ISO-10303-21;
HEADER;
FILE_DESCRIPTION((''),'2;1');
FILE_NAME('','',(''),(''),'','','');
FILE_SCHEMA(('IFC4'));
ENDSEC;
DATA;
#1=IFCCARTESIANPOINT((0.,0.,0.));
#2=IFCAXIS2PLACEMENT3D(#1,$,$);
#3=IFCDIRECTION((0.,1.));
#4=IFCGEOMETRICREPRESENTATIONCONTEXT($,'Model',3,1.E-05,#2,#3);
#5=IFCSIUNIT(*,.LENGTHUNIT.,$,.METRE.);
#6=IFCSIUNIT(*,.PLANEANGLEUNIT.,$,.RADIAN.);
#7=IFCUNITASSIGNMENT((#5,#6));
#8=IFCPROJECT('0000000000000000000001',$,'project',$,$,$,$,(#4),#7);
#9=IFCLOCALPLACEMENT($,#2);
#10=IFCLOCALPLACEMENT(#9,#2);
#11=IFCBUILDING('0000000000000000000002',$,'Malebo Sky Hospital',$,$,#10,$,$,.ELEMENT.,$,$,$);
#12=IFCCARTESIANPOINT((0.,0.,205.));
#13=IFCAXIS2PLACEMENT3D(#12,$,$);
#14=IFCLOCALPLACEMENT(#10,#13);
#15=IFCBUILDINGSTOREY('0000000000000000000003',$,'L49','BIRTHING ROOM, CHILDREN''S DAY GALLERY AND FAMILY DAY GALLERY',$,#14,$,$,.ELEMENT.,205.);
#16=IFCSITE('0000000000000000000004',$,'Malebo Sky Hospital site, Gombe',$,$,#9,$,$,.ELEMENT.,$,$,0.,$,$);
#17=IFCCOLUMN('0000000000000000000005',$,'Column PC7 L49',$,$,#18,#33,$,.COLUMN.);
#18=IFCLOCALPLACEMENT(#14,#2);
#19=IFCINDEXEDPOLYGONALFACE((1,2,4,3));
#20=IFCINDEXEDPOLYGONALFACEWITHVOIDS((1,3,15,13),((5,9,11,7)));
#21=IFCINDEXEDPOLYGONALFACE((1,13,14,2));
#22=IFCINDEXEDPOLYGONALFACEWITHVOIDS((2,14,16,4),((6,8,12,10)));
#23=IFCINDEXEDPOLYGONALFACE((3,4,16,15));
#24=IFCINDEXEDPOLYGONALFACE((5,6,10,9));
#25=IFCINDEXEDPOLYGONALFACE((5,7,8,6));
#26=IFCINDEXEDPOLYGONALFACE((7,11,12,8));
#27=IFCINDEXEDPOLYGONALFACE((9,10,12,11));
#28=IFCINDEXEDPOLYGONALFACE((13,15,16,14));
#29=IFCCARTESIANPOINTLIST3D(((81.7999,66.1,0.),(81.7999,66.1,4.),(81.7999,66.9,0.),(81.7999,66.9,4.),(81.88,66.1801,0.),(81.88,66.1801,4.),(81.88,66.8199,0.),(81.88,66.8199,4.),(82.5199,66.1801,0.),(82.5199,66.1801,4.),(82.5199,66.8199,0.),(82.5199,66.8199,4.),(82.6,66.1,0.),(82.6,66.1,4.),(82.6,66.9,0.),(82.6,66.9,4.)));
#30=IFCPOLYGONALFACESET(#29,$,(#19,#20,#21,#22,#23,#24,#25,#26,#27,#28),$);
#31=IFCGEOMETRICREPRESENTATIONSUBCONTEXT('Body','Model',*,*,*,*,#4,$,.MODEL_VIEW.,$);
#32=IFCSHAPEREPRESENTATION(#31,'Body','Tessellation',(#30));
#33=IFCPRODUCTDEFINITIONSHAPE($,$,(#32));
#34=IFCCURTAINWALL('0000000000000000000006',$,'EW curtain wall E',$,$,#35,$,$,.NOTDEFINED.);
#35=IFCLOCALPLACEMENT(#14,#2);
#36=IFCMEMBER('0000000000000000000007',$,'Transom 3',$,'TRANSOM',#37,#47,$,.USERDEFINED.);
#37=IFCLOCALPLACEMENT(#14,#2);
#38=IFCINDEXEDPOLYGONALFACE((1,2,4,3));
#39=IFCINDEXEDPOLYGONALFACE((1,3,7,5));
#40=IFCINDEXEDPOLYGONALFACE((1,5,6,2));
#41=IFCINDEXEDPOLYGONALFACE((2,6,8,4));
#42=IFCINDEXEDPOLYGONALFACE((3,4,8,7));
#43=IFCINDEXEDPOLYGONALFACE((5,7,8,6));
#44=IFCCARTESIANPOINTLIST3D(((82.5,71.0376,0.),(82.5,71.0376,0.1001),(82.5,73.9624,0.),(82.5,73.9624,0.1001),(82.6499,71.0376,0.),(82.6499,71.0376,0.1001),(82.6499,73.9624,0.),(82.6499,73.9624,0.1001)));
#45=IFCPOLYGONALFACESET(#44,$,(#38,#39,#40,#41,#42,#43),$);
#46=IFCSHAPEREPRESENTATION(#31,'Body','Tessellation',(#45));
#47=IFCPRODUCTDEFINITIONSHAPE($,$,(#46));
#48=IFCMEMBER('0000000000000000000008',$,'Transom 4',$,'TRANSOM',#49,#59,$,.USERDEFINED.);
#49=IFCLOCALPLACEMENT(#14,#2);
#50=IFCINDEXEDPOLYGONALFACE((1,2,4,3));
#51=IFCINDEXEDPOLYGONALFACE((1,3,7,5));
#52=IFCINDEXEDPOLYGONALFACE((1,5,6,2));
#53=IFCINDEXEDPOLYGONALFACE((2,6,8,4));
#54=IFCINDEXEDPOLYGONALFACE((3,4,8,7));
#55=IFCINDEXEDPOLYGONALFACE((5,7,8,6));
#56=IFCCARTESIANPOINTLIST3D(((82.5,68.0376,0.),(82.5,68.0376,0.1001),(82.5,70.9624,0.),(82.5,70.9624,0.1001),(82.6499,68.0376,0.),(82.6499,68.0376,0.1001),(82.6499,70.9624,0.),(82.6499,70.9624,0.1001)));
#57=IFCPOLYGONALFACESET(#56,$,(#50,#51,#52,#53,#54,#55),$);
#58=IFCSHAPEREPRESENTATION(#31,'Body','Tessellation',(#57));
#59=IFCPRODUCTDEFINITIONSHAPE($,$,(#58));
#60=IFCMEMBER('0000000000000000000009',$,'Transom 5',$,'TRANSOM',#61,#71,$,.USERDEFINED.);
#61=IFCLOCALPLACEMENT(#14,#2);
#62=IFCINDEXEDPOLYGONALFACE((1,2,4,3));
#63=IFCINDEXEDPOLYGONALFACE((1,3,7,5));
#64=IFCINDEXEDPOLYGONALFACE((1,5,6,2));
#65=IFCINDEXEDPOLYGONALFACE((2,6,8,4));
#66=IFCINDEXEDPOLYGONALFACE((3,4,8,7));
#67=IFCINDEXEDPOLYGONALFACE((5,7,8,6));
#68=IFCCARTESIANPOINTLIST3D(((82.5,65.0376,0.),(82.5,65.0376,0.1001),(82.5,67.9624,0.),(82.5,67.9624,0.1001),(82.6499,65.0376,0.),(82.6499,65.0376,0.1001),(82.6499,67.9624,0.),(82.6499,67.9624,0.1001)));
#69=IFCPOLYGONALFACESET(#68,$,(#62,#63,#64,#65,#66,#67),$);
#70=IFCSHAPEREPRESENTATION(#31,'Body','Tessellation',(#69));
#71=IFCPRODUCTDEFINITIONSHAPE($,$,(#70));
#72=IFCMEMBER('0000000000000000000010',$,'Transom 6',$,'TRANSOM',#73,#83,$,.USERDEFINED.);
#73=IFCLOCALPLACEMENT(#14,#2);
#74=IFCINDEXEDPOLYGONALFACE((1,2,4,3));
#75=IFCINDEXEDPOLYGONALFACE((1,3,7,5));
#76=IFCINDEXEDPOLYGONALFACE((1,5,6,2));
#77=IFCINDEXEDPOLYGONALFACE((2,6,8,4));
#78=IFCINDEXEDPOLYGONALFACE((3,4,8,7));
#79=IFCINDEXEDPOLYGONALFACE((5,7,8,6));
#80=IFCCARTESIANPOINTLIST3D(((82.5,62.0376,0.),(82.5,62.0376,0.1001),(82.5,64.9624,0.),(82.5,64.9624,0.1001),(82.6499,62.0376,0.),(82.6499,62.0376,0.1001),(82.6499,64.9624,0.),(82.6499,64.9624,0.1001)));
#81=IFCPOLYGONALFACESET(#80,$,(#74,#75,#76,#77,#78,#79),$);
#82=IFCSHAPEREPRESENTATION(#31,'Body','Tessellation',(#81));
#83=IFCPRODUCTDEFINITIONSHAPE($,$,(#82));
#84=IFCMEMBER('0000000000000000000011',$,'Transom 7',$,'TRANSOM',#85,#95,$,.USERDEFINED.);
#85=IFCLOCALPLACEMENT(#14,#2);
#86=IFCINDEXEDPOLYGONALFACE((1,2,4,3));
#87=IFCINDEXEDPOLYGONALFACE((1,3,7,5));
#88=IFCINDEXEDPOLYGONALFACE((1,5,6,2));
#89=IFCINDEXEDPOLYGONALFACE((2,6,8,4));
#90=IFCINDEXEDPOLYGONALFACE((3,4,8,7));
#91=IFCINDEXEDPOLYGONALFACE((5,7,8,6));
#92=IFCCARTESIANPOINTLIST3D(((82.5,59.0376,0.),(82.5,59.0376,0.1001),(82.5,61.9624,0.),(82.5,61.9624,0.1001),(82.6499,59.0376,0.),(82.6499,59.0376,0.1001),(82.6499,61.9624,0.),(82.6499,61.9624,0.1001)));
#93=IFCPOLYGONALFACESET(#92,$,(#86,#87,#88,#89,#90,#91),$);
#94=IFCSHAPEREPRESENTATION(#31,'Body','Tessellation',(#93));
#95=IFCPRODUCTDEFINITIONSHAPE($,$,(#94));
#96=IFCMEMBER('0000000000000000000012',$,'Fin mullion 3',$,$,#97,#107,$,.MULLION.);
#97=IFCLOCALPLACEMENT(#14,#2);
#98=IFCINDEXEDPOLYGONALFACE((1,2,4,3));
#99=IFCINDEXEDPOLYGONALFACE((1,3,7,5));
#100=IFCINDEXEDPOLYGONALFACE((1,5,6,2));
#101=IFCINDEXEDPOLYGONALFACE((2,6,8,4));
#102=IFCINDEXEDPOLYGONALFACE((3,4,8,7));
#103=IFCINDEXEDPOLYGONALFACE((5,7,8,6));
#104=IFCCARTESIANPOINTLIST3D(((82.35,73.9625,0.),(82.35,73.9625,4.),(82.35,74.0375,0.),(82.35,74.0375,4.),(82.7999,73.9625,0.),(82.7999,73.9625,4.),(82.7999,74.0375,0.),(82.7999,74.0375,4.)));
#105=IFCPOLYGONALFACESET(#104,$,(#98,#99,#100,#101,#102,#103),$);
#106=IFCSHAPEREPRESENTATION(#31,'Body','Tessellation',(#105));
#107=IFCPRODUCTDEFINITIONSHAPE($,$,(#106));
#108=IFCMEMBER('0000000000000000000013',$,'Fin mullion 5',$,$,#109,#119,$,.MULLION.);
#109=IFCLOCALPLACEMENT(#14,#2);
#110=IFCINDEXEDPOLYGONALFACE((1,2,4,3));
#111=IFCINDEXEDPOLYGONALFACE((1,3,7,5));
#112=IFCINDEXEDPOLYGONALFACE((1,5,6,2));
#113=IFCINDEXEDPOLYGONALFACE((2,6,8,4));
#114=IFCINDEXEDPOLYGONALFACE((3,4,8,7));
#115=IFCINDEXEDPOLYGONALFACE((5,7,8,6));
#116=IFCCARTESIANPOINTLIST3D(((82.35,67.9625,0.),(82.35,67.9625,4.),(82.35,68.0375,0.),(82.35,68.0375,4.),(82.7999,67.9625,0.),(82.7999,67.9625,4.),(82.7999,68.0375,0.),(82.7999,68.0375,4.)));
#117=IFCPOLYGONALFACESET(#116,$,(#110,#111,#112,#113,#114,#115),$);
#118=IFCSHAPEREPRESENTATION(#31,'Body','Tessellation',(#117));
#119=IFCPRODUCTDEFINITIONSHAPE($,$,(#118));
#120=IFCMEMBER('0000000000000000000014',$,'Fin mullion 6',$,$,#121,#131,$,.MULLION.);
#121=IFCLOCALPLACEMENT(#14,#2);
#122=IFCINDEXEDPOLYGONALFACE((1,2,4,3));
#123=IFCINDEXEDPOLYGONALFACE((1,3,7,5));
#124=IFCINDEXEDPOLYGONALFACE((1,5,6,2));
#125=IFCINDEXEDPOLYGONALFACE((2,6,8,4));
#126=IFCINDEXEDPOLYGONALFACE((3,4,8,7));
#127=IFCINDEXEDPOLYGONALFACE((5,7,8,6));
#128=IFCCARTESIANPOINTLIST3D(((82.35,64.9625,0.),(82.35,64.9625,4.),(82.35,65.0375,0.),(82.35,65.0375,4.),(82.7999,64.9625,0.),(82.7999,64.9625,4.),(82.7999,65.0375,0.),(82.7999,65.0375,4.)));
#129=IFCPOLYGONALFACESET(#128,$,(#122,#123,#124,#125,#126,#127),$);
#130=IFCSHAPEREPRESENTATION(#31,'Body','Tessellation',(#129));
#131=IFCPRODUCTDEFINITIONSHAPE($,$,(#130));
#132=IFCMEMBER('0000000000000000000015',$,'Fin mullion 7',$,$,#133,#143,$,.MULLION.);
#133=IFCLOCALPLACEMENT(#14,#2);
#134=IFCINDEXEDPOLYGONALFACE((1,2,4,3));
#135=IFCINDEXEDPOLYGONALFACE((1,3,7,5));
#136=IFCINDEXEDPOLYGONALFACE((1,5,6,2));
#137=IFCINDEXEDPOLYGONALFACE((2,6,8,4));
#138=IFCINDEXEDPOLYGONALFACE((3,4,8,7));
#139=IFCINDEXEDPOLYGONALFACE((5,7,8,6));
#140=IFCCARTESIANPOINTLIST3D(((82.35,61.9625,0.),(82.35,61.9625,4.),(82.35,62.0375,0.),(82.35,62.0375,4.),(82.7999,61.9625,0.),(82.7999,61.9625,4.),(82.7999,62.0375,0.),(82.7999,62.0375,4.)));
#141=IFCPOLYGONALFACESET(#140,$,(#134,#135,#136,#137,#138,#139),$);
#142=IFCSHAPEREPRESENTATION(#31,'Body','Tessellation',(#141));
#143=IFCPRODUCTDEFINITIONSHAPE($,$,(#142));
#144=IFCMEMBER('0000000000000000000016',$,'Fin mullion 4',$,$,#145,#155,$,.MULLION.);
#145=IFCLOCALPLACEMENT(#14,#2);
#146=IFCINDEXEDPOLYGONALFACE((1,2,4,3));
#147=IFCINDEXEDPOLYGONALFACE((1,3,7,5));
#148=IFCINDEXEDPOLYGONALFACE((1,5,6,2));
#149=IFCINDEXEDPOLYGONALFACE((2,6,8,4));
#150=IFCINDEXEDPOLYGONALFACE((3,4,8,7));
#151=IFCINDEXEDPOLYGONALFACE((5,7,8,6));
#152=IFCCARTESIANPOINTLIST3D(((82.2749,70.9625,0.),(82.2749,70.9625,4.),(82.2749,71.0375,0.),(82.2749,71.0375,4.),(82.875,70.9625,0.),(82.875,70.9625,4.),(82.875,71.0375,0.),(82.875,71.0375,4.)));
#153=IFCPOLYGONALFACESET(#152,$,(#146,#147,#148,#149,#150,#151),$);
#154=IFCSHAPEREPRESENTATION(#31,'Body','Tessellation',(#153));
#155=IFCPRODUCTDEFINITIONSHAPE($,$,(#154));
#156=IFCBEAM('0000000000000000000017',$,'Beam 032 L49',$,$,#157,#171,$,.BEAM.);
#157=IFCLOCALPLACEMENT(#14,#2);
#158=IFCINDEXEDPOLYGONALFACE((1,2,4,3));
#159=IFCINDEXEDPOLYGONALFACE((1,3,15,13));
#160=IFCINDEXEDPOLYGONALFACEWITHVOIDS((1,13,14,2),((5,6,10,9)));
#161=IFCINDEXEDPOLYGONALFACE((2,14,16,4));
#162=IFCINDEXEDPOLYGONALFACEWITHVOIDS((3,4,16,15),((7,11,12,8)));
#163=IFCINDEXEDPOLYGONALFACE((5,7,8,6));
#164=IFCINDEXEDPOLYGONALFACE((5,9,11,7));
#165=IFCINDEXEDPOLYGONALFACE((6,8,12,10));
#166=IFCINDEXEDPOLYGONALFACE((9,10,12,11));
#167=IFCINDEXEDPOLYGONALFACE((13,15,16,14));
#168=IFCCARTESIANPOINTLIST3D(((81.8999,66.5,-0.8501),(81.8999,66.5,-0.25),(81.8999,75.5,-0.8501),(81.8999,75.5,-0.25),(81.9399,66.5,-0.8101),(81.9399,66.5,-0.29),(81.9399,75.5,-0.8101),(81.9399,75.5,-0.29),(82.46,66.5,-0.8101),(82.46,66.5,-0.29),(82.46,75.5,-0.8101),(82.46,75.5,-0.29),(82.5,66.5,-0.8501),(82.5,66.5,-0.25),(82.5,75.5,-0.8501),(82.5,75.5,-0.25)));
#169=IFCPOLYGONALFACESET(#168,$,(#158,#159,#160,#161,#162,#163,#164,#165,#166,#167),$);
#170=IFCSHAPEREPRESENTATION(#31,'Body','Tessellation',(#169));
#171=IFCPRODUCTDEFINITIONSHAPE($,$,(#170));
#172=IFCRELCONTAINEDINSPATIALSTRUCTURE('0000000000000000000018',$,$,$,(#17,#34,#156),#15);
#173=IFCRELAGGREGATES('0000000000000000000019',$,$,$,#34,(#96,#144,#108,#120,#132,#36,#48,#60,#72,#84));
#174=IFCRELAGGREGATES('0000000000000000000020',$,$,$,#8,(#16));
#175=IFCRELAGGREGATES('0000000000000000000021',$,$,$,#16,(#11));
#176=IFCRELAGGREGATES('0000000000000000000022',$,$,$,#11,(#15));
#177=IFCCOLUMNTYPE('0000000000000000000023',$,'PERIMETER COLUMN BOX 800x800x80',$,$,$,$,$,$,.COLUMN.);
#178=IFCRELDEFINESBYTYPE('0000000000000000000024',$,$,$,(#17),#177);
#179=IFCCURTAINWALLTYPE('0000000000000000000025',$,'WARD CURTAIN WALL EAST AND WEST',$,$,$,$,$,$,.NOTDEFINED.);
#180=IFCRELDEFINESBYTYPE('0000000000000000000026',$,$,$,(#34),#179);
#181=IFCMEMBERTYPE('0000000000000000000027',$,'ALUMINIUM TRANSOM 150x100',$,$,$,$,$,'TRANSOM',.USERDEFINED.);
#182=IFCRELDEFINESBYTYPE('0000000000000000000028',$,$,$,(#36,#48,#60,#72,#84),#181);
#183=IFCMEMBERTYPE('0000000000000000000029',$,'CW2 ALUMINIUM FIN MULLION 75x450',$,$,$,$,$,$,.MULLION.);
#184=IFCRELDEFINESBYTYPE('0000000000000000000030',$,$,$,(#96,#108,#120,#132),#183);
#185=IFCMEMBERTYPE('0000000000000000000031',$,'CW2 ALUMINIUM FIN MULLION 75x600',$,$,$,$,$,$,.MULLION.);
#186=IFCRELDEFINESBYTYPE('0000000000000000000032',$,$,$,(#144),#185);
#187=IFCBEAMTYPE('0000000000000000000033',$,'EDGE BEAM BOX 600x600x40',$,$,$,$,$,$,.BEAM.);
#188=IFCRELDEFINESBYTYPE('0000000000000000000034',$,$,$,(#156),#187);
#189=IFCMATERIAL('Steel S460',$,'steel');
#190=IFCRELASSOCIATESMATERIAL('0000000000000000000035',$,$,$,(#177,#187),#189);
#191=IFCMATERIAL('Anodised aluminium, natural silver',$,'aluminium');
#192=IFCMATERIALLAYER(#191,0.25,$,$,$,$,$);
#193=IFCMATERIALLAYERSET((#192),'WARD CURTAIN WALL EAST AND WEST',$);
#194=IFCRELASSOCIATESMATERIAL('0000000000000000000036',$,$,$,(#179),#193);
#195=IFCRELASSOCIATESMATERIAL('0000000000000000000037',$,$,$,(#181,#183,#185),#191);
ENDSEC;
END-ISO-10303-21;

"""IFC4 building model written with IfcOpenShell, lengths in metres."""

from ifc_helpers import new_model, si_unit, direction, frame, origin, origin_2d, place, context, subcontext, project, spatial, rectangle, hollow_rectangle, extrude, material, layer, layer_set, material_profile, profile_set, type_object, element, aggregate, save


model = new_model("IFC4")

# Units and contexts
model_context = context("Model", 3, precision=1e-05, world=origin(), true_north=direction((0.0, 1.0)))
body_context = subcontext(model_context, "Body", "Model", "MODEL_VIEW")
ifc_project = project(units=[si_unit("LENGTHUNIT", "METRE"), si_unit("PLANEANGLEUNIT", "RADIAN")], contexts=[model_context])

# Site, building, storey
site_placement = place(None, origin())
site = spatial("IfcSite", under=ifc_project, at=site_placement, Name="Malebo Sky Hospital site, Gombe", CompositionType="ELEMENT", RefElevation=0.0)
building_placement = place(site_placement, origin())
building = spatial("IfcBuilding", under=site, at=building_placement, Name="Malebo Sky Hospital", CompositionType="ELEMENT")
storey_placement = place(building_placement, frame((0.0, 0.0, 205.0)))
storey = spatial("IfcBuildingStorey", under=building, at=storey_placement, Name="L49", Description="BIRTHING ROOM, CHILDREN'S DAY GALLERY AND FAMILY DAY GALLERY", CompositionType="ELEMENT", Elevation=205.0)

# Column
ifc_material_1 = material(Name="Steel S460", Category="steel")
ifc_material_profile_1 = material_profile(ifc_material_1, hollow_rectangle(XDim=0.8, YDim=0.8, WallThickness=0.0801, at=origin_2d()), Name="BOX 800x800x80")
ifc_profile_set_1 = profile_set([ifc_material_profile_1], Name="Steel S460")
column_type = type_object("IfcColumnType", Name="PERIMETER COLUMN BOX 800x800x80", PredefinedType="COLUMN", material=ifc_profile_set_1)
column_placement = place(storey_placement, frame((82.2, 66.5, 0.0), z_axis=(0.0, 0.0, 1.0), x_axis=(1.0, 0.0, 0.0)))
element("IfcColumn", 1, at=column_placement, inside=storey, type_object=column_type, Name="Column PC7 L49", PredefinedType="COLUMN", context=body_context, shape_type="SweptSolid", body=[
    extrude(hollow_rectangle(XDim=0.8, YDim=0.8, WallThickness=0.0801, at=origin_2d()), origin(), (0.0, 0.0, 1.0), 4.0),
])

# Curtain wall, members
ifc_material_2 = material(Name="Anodised aluminium, natural silver", Category="aluminium")
ifc_layer_1 = layer(ifc_material_2, 0.25)
ifc_layer_set_1 = layer_set([ifc_layer_1], Name="WARD CURTAIN WALL EAST AND WEST")
curtain_wall_type = type_object("IfcCurtainWallType", Name="WARD CURTAIN WALL EAST AND WEST", PredefinedType="NOTDEFINED", material=ifc_layer_set_1)
curtain_wall_placement = place(storey_placement, origin())
curtain_wall = element("IfcCurtainWall", 2, at=curtain_wall_placement, inside=storey, type_object=curtain_wall_type, Name="EW curtain wall E", PredefinedType="NOTDEFINED")
ifc_material_profile_2 = material_profile(ifc_material_2, rectangle(XDim=0.1499, YDim=0.1001, at=origin_2d()), Name="ALUMINIUM TRANSOM 150x100")
ifc_profile_set_2 = profile_set([ifc_material_profile_2], Name="Anodised aluminium, natural silver")
member_type_1 = type_object("IfcMemberType", Name="ALUMINIUM TRANSOM 150x100", ElementType="TRANSOM", PredefinedType="USERDEFINED", material=ifc_profile_set_2)
member_1_placement = place(storey_placement, frame((82.575, 73.9624, 0.05), z_axis=(0.0, -1.0, 0.0), x_axis=(1.0, 0.0, 0.0)))
member_1 = element("IfcMember", 3, at=member_1_placement, type_object=member_type_1, Name="Transom 3", ObjectType="TRANSOM", PredefinedType="USERDEFINED", context=body_context, shape_type="SweptSolid", body=[
    extrude(rectangle(XDim=0.1499, YDim=0.1001, at=origin_2d()), origin(), (0.0, 0.0, 1.0), 2.9248),
])
member_2_placement = place(storey_placement, frame((82.575, 70.9624, 0.05), z_axis=(0.0, -1.0, 0.0), x_axis=(1.0, 0.0, 0.0)))
member_2 = element("IfcMember", 4, at=member_2_placement, type_object=member_type_1, Name="Transom 4", ObjectType="TRANSOM", PredefinedType="USERDEFINED", context=body_context, shape_type="SweptSolid", body=[
    extrude(rectangle(XDim=0.1499, YDim=0.1001, at=origin_2d()), origin(), (0.0, 0.0, 1.0), 2.9248),
])
member_3_placement = place(storey_placement, frame((82.575, 67.9624, 0.05), z_axis=(0.0, -1.0, 0.0), x_axis=(1.0, 0.0, 0.0)))
member_3 = element("IfcMember", 5, at=member_3_placement, type_object=member_type_1, Name="Transom 5", ObjectType="TRANSOM", PredefinedType="USERDEFINED", context=body_context, shape_type="SweptSolid", body=[
    extrude(rectangle(XDim=0.1499, YDim=0.1001, at=origin_2d()), origin(), (0.0, 0.0, 1.0), 2.9248),
])
member_4_placement = place(storey_placement, frame((82.575, 64.9624, 0.05), z_axis=(0.0, -1.0, 0.0), x_axis=(1.0, 0.0, 0.0)))
member_4 = element("IfcMember", 6, at=member_4_placement, type_object=member_type_1, Name="Transom 6", ObjectType="TRANSOM", PredefinedType="USERDEFINED", context=body_context, shape_type="SweptSolid", body=[
    extrude(rectangle(XDim=0.1499, YDim=0.1001, at=origin_2d()), origin(), (0.0, 0.0, 1.0), 2.9248),
])
member_5_placement = place(storey_placement, frame((82.575, 61.9624, 0.05), z_axis=(0.0, -1.0, 0.0), x_axis=(1.0, 0.0, 0.0)))
member_5 = element("IfcMember", 7, at=member_5_placement, type_object=member_type_1, Name="Transom 7", ObjectType="TRANSOM", PredefinedType="USERDEFINED", context=body_context, shape_type="SweptSolid", body=[
    extrude(rectangle(XDim=0.1499, YDim=0.1001, at=origin_2d()), origin(), (0.0, 0.0, 1.0), 2.9248),
])
ifc_material_profile_3 = material_profile(ifc_material_2, rectangle(XDim=0.075, YDim=0.45, at=origin_2d()), Name="CW2 ALUMINIUM FIN MULLION 75x450")
ifc_profile_set_3 = profile_set([ifc_material_profile_3], Name="Anodised aluminium, natural silver")
member_type_2 = type_object("IfcMemberType", Name="CW2 ALUMINIUM FIN MULLION 75x450", PredefinedType="MULLION", material=ifc_profile_set_3)
member_6_placement = place(storey_placement, frame((82.575, 74.0, 0.0), z_axis=(0.0, 0.0, 1.0), x_axis=(0.0, -1.0, 0.0)))
member_6 = element("IfcMember", 8, at=member_6_placement, type_object=member_type_2, Name="Fin mullion 3", PredefinedType="MULLION", context=body_context, shape_type="SweptSolid", body=[
    extrude(rectangle(XDim=0.075, YDim=0.45, at=origin_2d()), origin(), (0.0, 0.0, 1.0), 4.0),
])
member_7_placement = place(storey_placement, frame((82.575, 68.0, 0.0), z_axis=(0.0, 0.0, 1.0), x_axis=(0.0, -1.0, 0.0)))
member_7 = element("IfcMember", 9, at=member_7_placement, type_object=member_type_2, Name="Fin mullion 5", PredefinedType="MULLION", context=body_context, shape_type="SweptSolid", body=[
    extrude(rectangle(XDim=0.075, YDim=0.45, at=origin_2d()), origin(), (0.0, 0.0, 1.0), 4.0),
])
member_8_placement = place(storey_placement, frame((82.575, 65.0, 0.0), z_axis=(0.0, 0.0, 1.0), x_axis=(0.0, -1.0, 0.0)))
member_8 = element("IfcMember", 10, at=member_8_placement, type_object=member_type_2, Name="Fin mullion 6", PredefinedType="MULLION", context=body_context, shape_type="SweptSolid", body=[
    extrude(rectangle(XDim=0.075, YDim=0.45, at=origin_2d()), origin(), (0.0, 0.0, 1.0), 4.0),
])
member_9_placement = place(storey_placement, frame((82.575, 62.0, 0.0), z_axis=(0.0, 0.0, 1.0), x_axis=(0.0, -1.0, 0.0)))
member_9 = element("IfcMember", 11, at=member_9_placement, type_object=member_type_2, Name="Fin mullion 7", PredefinedType="MULLION", context=body_context, shape_type="SweptSolid", body=[
    extrude(rectangle(XDim=0.075, YDim=0.45, at=origin_2d()), origin(), (0.0, 0.0, 1.0), 4.0),
])
ifc_material_profile_4 = material_profile(ifc_material_2, rectangle(XDim=0.075, YDim=0.6001, at=origin_2d()), Name="CW2 ALUMINIUM FIN MULLION 75x600")
ifc_profile_set_4 = profile_set([ifc_material_profile_4], Name="Anodised aluminium, natural silver")
member_type_3 = type_object("IfcMemberType", Name="CW2 ALUMINIUM FIN MULLION 75x600", PredefinedType="MULLION", material=ifc_profile_set_4)
member_10_placement = place(storey_placement, frame((82.575, 71.0, 0.0), z_axis=(0.0, 0.0, 1.0), x_axis=(0.0, -1.0, 0.0)))
member_10 = element("IfcMember", 12, at=member_10_placement, type_object=member_type_3, Name="Fin mullion 4", PredefinedType="MULLION", context=body_context, shape_type="SweptSolid", body=[
    extrude(rectangle(XDim=0.075, YDim=0.6001, at=origin_2d()), origin(), (0.0, 0.0, 1.0), 4.0),
])

# Beam
ifc_material_profile_5 = material_profile(ifc_material_1, hollow_rectangle(XDim=0.6001, YDim=0.6001, WallThickness=0.04, at=origin_2d()), Name="BOX 600x600x40")
ifc_profile_set_5 = profile_set([ifc_material_profile_5], Name="Steel S460")
beam_type_1 = type_object("IfcBeamType", Name="EDGE BEAM BOX 600x600x40", PredefinedType="BEAM", material=ifc_profile_set_5)
beam_1_placement = place(storey_placement, frame((82.2, 66.5, -0.55), z_axis=(0.0, 1.0, 0.0), x_axis=(-1.0, 0.0, 0.0)))
element("IfcBeam", 13, at=beam_1_placement, inside=storey, type_object=beam_type_1, Name="Beam 032 L49", PredefinedType="BEAM", context=body_context, shape_type="SweptSolid", body=[
    extrude(hollow_rectangle(XDim=0.6001, YDim=0.6001, WallThickness=0.04, at=origin_2d()), origin(), (0.0, 0.0, 1.0), 9.0),
])

aggregate(curtain_wall, [member_6, member_10, member_7, member_8, member_9, member_1, member_2, member_3, member_4, member_5])

save(model, "model.ifc")
